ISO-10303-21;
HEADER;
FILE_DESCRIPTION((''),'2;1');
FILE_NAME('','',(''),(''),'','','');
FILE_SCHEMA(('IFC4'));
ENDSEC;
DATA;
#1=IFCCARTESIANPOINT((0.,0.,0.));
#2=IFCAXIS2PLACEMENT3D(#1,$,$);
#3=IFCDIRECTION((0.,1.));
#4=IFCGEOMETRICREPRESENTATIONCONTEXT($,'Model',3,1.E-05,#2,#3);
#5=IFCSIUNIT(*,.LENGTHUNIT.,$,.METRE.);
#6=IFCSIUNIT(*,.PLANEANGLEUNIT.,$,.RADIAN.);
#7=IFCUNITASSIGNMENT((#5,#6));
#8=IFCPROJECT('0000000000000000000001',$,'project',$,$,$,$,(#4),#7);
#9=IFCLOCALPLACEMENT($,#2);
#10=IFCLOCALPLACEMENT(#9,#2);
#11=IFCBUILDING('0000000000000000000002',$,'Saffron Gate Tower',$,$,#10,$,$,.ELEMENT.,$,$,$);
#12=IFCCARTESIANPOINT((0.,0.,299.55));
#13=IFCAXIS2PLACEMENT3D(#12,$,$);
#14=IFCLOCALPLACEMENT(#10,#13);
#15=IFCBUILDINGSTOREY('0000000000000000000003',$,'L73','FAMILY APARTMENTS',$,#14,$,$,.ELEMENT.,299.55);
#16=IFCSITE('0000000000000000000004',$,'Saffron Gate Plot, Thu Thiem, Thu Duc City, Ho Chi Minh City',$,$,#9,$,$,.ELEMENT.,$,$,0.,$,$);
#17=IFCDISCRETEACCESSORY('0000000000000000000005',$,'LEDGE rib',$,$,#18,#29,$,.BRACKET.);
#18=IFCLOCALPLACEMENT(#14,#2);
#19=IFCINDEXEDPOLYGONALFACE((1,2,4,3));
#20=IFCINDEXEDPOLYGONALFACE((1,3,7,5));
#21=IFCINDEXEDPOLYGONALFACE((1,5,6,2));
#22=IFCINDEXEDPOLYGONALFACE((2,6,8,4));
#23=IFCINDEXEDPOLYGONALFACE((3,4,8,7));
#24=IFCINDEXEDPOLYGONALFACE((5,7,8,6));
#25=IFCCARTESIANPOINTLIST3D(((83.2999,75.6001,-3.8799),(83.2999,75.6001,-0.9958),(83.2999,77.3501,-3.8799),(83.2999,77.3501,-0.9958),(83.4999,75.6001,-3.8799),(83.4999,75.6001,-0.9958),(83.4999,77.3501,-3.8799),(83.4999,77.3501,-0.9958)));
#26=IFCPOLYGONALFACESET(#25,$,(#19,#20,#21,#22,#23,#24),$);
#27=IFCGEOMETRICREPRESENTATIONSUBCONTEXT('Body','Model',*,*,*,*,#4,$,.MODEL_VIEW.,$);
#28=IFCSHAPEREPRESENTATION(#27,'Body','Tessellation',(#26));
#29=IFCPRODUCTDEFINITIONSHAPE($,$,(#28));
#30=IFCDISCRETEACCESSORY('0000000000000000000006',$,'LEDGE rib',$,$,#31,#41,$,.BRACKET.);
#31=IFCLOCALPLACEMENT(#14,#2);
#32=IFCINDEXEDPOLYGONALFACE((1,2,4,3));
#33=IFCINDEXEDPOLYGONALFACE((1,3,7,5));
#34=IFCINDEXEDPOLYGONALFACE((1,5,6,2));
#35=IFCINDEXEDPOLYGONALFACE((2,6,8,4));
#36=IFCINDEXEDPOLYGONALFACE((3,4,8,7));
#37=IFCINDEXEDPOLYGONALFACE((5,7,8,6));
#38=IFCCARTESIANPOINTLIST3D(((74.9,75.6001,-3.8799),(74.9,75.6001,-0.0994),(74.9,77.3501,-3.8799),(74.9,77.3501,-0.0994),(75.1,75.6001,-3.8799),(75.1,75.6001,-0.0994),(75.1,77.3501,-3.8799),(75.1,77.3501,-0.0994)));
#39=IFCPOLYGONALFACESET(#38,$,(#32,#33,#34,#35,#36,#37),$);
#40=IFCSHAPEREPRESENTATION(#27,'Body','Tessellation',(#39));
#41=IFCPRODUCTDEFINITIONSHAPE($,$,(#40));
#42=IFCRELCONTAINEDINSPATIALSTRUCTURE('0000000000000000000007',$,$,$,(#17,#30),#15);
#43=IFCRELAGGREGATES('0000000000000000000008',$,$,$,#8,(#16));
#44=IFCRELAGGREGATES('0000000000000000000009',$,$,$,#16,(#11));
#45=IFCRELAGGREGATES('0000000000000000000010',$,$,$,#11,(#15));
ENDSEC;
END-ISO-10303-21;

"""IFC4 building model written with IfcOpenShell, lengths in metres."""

from ifc_helpers import new_model, si_unit, direction, frame, origin, origin_2d, place, context, subcontext, project, spatial, rectangle, extrude, element, save


model = new_model("IFC4")

# Units and contexts
model_context = context("Model", 3, precision=1e-05, world=origin(), true_north=direction((0.0, 1.0)))
body_context = subcontext(model_context, "Body", "Model", "MODEL_VIEW")
ifc_project = project(units=[si_unit("LENGTHUNIT", "METRE"), si_unit("PLANEANGLEUNIT", "RADIAN")], contexts=[model_context])

# Site, building, storey
site_placement = place(None, origin())
site = spatial("IfcSite", under=ifc_project, at=site_placement, Name="Saffron Gate Plot, Thu Thiem, Thu Duc City, Ho Chi Minh City", CompositionType="ELEMENT", RefElevation=0.0)
building_placement = place(site_placement, origin())
building = spatial("IfcBuilding", under=site, at=building_placement, Name="Saffron Gate Tower", CompositionType="ELEMENT")
storey_placement = place(building_placement, frame((0.0, 0.0, 299.55)))
storey = spatial("IfcBuildingStorey", under=building, at=storey_placement, Name="L73", Description="FAMILY APARTMENTS", CompositionType="ELEMENT", Elevation=299.55)

# Discrete accessories
discrete_accessory_1_placement = place(storey_placement, frame((83.3999, 76.4751, -3.8799), z_axis=(0.0, 0.0, 1.0), x_axis=(-1.0, 0.0, 0.0)))
element("IfcDiscreteAccessory", 1, at=discrete_accessory_1_placement, inside=storey, Name="LEDGE rib", PredefinedType="BRACKET", context=body_context, shape_type="SweptSolid", body=[
    extrude(rectangle(XDim=0.2, YDim=1.75, at=origin_2d()), origin(), (0.0, 0.0, 1.0), 2.884),
])
discrete_accessory_2_placement = place(storey_placement, frame((75.0, 76.4751, -3.8799), z_axis=(0.0, 0.0, 1.0), x_axis=(-1.0, 0.0, 0.0)))
element("IfcDiscreteAccessory", 2, at=discrete_accessory_2_placement, inside=storey, Name="LEDGE rib", PredefinedType="BRACKET", context=body_context, shape_type="SweptSolid", body=[
    extrude(rectangle(XDim=0.2, YDim=1.75, at=origin_2d()), origin(), (0.0, 0.0, 1.0), 3.7805),
])

save(model, "model.ifc")
